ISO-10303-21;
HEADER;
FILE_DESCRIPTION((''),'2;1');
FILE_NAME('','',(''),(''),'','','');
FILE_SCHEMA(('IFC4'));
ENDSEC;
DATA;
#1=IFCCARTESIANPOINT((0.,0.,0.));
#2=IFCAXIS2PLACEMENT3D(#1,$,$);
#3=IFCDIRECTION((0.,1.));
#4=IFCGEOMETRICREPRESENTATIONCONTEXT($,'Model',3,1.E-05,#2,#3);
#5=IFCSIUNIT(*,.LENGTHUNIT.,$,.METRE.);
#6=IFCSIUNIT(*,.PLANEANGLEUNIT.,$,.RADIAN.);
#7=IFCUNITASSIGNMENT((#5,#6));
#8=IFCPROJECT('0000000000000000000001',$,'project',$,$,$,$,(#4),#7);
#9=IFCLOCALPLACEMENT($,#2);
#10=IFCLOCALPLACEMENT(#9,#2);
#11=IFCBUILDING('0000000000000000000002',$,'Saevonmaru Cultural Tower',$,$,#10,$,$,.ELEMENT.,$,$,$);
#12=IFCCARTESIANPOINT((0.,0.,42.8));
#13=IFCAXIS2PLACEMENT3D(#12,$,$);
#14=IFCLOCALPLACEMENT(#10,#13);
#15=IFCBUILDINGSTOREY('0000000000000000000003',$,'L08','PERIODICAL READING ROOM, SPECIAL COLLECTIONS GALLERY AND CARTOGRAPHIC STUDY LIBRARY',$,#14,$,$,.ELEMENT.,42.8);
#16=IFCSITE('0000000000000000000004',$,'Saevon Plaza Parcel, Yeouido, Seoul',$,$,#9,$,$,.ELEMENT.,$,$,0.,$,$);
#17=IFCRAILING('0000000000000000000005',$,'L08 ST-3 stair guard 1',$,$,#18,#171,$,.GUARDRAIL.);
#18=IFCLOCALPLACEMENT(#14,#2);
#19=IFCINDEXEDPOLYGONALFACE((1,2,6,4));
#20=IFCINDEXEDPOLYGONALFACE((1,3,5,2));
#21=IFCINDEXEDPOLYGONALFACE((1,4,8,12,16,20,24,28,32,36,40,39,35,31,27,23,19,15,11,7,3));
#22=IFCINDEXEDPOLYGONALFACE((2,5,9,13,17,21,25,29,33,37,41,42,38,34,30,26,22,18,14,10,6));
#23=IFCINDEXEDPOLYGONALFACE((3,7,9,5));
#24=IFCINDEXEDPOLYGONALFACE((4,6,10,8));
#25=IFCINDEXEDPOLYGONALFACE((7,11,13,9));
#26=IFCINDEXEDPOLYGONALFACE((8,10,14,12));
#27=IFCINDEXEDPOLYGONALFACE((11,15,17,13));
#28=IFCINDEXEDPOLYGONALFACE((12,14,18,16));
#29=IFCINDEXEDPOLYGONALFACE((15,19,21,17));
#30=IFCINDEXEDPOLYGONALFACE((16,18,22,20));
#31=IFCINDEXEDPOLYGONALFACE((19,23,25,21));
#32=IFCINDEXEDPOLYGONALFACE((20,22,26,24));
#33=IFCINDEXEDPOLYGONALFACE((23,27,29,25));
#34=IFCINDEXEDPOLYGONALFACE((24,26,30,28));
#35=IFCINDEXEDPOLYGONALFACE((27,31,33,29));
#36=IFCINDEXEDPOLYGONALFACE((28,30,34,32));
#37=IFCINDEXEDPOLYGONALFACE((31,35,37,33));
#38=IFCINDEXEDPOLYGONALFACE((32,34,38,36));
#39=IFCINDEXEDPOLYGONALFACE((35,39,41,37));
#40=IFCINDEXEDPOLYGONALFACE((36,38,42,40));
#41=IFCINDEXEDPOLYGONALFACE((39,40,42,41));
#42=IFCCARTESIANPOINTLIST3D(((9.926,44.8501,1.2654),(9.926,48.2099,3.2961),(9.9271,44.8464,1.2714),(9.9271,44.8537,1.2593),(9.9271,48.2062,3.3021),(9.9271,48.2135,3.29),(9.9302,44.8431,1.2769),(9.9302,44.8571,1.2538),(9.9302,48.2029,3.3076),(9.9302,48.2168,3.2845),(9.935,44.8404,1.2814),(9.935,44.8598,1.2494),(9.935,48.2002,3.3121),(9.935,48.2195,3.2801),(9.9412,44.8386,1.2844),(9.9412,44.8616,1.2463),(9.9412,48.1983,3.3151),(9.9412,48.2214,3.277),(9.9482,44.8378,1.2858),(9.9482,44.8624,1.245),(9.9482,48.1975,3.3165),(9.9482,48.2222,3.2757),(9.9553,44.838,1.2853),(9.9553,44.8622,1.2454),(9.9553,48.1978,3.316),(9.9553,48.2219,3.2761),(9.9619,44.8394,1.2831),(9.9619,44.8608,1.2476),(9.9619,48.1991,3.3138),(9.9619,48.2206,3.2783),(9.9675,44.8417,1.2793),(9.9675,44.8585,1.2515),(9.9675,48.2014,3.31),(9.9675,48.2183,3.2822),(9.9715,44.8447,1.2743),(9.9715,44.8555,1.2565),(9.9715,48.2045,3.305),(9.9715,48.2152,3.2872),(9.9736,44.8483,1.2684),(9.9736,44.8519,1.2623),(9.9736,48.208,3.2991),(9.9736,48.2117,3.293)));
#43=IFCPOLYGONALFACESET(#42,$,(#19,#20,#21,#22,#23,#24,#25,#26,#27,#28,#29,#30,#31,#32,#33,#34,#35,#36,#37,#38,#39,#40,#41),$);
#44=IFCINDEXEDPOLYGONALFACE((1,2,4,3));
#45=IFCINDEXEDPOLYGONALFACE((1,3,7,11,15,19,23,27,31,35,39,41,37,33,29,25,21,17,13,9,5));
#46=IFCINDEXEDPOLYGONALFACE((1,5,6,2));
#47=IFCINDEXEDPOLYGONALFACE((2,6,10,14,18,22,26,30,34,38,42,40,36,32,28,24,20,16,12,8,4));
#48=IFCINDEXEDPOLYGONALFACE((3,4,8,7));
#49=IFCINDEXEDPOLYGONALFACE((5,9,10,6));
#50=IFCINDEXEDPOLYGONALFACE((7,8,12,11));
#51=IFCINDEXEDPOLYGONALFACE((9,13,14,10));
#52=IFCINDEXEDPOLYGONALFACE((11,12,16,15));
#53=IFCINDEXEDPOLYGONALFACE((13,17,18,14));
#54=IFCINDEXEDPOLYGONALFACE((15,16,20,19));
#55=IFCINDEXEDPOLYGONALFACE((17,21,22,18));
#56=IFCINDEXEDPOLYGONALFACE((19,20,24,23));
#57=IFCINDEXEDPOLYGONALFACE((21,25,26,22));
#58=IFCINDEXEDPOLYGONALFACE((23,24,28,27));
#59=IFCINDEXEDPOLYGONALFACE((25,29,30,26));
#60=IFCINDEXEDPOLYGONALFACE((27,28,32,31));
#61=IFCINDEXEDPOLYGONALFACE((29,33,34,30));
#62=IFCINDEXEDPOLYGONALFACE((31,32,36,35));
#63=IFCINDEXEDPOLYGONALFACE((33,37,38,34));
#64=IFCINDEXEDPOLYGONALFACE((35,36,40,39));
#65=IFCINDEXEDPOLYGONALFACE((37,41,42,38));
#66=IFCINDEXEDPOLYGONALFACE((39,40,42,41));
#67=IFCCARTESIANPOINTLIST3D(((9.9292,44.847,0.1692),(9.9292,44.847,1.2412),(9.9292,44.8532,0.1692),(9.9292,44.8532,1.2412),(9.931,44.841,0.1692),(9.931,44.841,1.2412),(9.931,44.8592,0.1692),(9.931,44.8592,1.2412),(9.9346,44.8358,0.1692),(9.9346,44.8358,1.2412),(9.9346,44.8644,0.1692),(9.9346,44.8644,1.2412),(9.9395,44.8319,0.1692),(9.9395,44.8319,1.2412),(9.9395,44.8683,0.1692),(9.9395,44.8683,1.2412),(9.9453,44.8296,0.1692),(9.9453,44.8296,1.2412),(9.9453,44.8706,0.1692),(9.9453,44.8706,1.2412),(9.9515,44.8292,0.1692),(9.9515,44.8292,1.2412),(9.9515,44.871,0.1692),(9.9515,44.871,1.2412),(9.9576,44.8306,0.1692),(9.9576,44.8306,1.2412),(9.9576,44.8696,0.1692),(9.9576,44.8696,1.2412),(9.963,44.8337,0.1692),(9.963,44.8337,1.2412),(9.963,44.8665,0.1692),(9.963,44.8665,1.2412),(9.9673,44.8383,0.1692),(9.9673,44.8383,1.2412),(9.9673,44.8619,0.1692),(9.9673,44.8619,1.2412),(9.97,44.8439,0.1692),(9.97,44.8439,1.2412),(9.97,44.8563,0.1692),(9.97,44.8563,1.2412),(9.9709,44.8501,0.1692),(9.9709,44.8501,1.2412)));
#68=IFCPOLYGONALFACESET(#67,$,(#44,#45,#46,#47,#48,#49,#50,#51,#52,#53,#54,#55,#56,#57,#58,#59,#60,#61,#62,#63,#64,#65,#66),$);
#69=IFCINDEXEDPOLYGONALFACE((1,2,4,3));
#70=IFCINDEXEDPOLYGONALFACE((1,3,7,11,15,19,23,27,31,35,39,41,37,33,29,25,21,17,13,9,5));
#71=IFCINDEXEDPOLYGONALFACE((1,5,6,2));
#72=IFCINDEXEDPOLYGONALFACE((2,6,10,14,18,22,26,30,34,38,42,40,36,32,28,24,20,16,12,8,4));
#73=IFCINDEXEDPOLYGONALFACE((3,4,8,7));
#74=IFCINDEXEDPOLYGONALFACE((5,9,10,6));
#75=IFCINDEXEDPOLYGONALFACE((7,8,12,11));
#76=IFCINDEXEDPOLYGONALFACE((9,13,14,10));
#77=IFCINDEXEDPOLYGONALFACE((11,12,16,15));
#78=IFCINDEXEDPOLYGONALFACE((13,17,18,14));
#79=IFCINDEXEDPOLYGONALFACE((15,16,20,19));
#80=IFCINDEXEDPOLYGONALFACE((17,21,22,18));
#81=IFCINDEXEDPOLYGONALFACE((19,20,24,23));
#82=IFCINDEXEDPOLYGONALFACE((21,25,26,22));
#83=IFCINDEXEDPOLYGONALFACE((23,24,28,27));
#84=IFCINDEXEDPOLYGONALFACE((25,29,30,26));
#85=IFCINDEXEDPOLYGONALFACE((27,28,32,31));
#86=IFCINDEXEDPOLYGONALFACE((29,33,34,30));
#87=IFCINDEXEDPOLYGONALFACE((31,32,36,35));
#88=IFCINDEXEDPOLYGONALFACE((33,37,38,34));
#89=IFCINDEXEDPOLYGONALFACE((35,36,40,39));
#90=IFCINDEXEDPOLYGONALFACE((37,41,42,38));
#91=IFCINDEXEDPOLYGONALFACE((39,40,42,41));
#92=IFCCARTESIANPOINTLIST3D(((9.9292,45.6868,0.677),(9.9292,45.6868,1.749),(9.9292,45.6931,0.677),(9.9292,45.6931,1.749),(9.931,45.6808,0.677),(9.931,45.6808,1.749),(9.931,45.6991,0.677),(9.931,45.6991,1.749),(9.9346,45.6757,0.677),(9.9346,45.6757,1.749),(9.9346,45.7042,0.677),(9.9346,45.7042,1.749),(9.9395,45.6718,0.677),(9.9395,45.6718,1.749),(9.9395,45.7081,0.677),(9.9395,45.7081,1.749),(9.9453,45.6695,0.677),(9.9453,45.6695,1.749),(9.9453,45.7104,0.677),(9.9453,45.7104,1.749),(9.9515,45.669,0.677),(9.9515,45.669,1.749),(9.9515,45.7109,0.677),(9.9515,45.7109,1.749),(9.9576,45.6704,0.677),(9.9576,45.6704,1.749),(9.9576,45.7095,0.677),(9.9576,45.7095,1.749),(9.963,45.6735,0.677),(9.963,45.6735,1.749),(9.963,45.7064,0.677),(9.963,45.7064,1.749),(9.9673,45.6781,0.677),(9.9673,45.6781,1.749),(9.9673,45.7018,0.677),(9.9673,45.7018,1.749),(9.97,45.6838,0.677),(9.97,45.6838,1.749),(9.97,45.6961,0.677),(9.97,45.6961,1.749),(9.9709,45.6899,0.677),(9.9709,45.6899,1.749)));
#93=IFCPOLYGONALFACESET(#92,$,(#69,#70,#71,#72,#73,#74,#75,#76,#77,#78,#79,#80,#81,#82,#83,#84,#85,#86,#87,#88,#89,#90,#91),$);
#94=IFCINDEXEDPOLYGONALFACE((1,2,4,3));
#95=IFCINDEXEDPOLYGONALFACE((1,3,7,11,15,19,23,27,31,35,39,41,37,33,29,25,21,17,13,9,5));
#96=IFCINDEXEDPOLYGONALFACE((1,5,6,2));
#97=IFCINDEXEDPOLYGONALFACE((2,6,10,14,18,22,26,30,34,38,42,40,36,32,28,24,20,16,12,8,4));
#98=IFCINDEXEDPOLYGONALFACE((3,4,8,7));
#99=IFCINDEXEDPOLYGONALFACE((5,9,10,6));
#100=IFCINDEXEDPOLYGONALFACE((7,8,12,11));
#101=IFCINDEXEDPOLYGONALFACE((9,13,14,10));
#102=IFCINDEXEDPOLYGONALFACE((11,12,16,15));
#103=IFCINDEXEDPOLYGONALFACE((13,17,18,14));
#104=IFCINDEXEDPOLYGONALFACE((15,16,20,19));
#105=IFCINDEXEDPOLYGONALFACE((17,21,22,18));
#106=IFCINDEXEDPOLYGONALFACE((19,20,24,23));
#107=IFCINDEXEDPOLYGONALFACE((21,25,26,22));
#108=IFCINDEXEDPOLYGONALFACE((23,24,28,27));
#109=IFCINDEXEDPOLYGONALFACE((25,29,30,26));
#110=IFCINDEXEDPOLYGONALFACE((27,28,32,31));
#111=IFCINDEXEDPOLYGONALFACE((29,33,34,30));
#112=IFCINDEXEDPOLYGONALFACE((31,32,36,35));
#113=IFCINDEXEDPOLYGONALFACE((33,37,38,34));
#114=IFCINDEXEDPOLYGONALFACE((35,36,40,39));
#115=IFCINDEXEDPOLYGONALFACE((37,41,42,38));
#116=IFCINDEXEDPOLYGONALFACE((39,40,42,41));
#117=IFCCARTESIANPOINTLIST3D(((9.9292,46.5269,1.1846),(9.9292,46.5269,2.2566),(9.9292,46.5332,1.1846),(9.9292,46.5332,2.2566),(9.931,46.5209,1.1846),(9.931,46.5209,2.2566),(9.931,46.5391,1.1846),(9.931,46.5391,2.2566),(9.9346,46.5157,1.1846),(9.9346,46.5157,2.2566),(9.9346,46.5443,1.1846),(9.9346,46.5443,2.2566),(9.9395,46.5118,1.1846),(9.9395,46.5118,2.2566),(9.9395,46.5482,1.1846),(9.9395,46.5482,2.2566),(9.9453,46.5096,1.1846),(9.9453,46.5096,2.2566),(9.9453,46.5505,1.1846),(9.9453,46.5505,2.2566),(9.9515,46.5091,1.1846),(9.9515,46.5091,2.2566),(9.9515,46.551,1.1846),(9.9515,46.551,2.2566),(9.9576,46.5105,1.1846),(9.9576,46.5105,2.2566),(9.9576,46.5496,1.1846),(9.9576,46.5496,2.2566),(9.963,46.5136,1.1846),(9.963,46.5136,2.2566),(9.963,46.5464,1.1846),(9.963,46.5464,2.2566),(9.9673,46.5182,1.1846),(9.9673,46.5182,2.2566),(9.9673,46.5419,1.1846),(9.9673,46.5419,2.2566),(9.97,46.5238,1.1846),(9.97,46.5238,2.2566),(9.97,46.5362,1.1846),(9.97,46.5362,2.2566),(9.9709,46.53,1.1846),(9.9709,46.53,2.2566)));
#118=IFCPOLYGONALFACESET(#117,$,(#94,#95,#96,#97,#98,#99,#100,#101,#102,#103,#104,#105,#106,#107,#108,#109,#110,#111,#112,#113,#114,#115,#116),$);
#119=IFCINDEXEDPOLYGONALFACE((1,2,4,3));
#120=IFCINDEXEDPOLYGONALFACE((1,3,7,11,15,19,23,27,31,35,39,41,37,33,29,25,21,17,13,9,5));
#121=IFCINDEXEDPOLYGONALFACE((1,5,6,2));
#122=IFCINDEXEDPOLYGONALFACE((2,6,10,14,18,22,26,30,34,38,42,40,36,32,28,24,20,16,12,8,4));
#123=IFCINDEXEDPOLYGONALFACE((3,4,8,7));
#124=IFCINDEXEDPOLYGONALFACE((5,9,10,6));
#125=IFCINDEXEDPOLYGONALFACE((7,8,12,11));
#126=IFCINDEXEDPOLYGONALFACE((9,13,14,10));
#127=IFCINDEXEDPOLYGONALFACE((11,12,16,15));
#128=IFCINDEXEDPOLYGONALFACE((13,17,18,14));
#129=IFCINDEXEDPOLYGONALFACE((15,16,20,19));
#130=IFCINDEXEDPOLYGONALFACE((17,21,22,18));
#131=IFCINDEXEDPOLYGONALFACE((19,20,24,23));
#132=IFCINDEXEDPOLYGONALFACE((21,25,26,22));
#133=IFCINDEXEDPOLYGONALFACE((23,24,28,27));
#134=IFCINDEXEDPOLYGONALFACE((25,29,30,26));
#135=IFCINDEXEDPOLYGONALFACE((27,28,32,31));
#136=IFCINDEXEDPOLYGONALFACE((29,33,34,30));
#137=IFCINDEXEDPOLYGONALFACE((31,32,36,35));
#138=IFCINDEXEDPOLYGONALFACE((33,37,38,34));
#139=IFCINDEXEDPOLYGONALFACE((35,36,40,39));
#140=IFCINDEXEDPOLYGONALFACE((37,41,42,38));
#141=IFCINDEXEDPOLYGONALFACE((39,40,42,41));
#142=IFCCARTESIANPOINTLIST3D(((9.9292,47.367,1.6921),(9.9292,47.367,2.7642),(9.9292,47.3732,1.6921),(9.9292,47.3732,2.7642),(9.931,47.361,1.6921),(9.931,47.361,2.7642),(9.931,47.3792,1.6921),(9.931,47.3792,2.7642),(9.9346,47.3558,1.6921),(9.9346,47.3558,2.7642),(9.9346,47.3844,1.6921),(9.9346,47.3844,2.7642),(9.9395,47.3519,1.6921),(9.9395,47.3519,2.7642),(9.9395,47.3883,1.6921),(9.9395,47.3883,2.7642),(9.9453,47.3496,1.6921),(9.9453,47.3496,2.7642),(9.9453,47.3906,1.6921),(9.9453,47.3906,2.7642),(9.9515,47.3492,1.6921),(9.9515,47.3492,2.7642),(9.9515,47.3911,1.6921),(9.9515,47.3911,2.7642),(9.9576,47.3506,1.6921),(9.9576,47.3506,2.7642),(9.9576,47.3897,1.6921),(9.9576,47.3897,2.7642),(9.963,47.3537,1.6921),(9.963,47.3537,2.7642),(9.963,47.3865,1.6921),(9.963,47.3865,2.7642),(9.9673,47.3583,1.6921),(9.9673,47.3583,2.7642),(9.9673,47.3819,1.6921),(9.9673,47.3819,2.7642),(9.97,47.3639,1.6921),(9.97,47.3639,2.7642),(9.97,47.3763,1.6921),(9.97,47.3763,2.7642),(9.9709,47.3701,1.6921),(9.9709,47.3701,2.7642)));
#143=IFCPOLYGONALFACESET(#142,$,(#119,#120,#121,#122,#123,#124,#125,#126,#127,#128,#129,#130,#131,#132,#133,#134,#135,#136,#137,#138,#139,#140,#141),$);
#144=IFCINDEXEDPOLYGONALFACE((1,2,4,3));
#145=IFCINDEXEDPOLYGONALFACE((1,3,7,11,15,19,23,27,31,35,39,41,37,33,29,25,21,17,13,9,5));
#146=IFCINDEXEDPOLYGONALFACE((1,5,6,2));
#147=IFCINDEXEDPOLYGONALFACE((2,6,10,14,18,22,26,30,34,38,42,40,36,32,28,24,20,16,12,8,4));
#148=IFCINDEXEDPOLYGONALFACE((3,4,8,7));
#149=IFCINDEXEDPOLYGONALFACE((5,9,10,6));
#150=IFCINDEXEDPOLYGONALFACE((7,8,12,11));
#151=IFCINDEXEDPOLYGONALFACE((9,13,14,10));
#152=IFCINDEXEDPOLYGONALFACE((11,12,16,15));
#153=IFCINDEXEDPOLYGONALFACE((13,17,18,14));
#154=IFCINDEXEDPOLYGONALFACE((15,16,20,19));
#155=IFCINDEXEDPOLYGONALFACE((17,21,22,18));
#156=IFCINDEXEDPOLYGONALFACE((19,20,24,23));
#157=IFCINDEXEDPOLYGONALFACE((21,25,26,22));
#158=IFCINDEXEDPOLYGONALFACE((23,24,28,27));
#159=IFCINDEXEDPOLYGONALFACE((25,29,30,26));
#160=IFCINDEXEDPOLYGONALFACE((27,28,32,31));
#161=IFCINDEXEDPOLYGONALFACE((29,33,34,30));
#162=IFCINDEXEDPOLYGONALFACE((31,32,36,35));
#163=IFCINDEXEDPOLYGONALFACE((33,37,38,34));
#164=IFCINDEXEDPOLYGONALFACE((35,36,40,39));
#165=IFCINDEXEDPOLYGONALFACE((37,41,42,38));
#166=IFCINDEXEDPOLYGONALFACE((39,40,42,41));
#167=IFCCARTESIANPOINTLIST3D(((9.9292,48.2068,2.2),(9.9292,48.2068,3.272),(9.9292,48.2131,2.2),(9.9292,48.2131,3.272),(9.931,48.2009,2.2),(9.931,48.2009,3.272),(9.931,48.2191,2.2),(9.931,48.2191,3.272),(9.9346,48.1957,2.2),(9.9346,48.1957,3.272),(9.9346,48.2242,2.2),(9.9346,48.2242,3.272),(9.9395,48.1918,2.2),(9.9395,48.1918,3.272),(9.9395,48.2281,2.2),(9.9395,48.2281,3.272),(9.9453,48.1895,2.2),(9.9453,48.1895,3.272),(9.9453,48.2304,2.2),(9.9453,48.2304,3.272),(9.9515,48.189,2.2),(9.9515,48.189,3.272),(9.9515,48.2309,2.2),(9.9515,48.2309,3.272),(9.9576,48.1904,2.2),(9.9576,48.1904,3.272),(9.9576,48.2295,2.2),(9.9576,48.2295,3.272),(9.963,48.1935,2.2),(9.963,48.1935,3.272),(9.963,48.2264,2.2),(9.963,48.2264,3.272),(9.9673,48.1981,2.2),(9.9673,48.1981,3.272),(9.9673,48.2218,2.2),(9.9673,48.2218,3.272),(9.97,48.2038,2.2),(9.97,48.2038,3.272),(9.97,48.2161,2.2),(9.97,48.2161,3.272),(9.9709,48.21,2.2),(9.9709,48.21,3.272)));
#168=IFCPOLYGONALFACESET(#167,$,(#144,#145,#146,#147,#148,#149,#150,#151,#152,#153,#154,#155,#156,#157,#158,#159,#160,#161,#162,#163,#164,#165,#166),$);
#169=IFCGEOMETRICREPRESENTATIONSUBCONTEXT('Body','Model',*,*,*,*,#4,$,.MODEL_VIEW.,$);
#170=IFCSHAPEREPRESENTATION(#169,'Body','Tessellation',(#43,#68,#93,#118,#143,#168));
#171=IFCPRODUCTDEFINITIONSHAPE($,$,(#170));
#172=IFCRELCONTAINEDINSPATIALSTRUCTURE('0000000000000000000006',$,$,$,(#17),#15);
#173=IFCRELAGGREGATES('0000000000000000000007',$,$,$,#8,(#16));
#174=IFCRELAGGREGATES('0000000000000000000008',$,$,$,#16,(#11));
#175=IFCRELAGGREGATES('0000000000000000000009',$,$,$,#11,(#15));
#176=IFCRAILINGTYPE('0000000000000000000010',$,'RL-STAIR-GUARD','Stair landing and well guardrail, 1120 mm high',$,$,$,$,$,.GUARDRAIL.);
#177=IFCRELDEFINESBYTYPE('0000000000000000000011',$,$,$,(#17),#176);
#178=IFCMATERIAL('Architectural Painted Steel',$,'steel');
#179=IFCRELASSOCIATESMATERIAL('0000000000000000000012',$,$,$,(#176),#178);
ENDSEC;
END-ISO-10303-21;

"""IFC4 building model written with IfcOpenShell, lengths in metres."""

from ifc_helpers import new_model, si_unit, direction, frame, origin, origin_2d, place, context, subcontext, project, spatial, circle, extrude, material, type_object, element, save


model = new_model("IFC4")

# Units and contexts
model_context = context("Model", 3, precision=1e-05, world=origin(), true_north=direction((0.0, 1.0)))
body_context = subcontext(model_context, "Body", "Model", "MODEL_VIEW")
ifc_project = project(units=[si_unit("LENGTHUNIT", "METRE"), si_unit("PLANEANGLEUNIT", "RADIAN")], contexts=[model_context])

# Site, building, storey
site_placement = place(None, origin())
site = spatial("IfcSite", under=ifc_project, at=site_placement, Name="Saevon Plaza Parcel, Yeouido, Seoul", CompositionType="ELEMENT", RefElevation=0.0)
building_placement = place(site_placement, origin())
building = spatial("IfcBuilding", under=site, at=building_placement, Name="Saevonmaru Cultural Tower", CompositionType="ELEMENT")
storey_placement = place(building_placement, frame((0.0, 0.0, 42.8)))
storey = spatial("IfcBuildingStorey", under=building, at=storey_placement, Name="L08", Description="PERIODICAL READING ROOM, SPECIAL COLLECTIONS GALLERY AND CARTOGRAPHIC STUDY LIBRARY", CompositionType="ELEMENT", Elevation=42.8)

# Railing
ifc_material_1 = material(Name="Architectural Painted Steel", Category="steel")
railing_type_1 = type_object("IfcRailingType", Name="RL-STAIR-GUARD", Description="Stair landing and well guardrail, 1120 mm high", PredefinedType="GUARDRAIL", material=ifc_material_1)
railing_1_placement = place(storey_placement, frame((9.95, 44.8501, 0.1692)))
element("IfcRailing", 1, at=railing_1_placement, inside=storey, type_object=railing_type_1, Name="L08 ST-3 stair guard 1", PredefinedType="GUARDRAIL", context=body_context, shape_type="SweptSolid", body=[
    extrude(circle(Radius=0.0239, at=origin_2d()), frame((0.0, 0.0, 1.0962), z_axis=(0.0, 0.85582, 0.517273), x_axis=(-1.0, 0.0, 0.0)), (0.0, 0.0, 1.0), 3.9258),
    extrude(circle(Radius=0.021, at=origin_2d()), origin(), (0.0, 0.0, 1.0), 1.072),
    extrude(circle(Radius=0.021, at=origin_2d()), frame((0.0, 0.8398, 0.5078)), (0.0, 0.0, 1.0), 1.072),
    extrude(circle(Radius=0.021, at=origin_2d()), frame((0.0, 1.6799, 1.0154)), (0.0, 0.0, 1.0), 1.072),
    extrude(circle(Radius=0.021, at=origin_2d()), frame((0.0, 2.52, 1.5229)), (0.0, 0.0, 1.0), 1.072),
    extrude(circle(Radius=0.021, at=origin_2d()), frame((0.0, 3.3599, 2.0308)), (0.0, 0.0, 1.0), 1.072),
])

save(model, "model.ifc")
